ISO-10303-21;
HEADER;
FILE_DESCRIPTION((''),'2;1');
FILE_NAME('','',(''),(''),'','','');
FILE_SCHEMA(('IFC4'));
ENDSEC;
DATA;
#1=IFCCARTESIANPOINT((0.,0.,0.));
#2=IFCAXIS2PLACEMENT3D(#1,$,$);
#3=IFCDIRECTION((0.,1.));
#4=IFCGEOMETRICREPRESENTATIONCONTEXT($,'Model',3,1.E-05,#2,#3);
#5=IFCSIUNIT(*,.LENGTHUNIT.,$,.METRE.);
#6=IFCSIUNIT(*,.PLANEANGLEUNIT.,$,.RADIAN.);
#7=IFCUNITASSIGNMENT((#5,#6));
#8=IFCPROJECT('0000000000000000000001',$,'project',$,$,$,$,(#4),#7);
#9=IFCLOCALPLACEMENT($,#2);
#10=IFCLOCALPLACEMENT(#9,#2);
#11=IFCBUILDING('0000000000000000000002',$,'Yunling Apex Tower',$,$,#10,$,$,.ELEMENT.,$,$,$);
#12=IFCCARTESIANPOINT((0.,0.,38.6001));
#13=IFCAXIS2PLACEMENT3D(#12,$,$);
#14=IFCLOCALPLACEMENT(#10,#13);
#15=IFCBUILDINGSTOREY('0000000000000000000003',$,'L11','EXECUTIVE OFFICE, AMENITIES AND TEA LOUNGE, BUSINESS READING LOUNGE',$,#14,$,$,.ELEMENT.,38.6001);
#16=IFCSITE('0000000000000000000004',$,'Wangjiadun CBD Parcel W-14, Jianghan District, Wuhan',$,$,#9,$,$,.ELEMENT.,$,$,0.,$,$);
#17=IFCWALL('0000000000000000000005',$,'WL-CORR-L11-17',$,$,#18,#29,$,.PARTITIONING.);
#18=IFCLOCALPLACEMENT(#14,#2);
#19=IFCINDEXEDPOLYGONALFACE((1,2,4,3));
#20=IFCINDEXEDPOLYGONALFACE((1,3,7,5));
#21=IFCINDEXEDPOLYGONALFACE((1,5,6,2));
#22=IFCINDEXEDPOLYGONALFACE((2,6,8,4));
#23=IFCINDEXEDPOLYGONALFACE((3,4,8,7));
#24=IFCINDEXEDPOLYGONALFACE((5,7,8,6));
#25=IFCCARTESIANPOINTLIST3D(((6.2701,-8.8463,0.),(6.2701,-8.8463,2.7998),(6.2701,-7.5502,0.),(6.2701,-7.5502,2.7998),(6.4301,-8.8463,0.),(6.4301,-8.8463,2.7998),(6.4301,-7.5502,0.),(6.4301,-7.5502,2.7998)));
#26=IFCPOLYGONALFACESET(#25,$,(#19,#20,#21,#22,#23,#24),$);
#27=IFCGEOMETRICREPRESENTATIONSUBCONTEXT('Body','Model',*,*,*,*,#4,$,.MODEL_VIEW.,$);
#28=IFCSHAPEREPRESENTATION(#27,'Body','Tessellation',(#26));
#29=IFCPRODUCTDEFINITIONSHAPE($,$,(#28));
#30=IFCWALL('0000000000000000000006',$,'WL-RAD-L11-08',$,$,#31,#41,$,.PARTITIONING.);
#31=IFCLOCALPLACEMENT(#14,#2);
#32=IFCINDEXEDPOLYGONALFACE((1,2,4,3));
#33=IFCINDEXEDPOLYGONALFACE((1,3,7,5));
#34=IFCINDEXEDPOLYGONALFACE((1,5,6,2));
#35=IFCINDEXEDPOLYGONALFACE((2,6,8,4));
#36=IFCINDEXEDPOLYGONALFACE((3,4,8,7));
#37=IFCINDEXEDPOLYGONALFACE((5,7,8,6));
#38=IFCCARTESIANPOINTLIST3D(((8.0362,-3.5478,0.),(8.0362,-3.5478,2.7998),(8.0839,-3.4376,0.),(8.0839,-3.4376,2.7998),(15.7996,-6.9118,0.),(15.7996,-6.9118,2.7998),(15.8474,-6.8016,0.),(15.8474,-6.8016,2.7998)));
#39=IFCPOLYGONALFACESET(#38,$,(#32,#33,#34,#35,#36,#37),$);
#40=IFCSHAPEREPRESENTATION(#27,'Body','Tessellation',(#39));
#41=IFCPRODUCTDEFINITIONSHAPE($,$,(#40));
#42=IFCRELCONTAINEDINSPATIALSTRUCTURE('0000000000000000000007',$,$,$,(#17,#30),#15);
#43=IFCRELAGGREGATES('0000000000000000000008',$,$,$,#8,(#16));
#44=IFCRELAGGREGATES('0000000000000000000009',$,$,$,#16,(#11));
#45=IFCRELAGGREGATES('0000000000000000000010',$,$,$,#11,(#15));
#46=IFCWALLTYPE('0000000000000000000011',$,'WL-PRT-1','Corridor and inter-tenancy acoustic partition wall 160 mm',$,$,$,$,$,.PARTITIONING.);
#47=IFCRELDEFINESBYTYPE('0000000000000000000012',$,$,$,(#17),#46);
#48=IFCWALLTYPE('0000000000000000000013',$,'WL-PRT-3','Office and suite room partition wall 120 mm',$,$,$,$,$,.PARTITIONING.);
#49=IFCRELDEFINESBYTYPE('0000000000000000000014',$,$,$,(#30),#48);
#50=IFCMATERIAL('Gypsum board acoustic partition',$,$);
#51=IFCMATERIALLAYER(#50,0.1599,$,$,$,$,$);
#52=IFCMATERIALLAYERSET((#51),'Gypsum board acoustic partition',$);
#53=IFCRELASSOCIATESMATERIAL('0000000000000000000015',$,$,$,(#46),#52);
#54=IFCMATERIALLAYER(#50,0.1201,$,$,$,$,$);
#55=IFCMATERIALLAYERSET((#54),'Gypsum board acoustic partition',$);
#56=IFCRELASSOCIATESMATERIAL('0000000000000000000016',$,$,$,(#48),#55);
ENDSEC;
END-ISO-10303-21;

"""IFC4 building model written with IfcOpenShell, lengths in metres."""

from ifc_helpers import new_model, si_unit, direction, frame, frame_2d, origin, place, context, subcontext, project, spatial, rectangle, extrude, material, layer, layer_set, type_object, element, save


model = new_model("IFC4")

# Units and contexts
model_context = context("Model", 3, precision=1e-05, world=origin(), true_north=direction((0.0, 1.0)))
body_context = subcontext(model_context, "Body", "Model", "MODEL_VIEW")
ifc_project = project(units=[si_unit("LENGTHUNIT", "METRE"), si_unit("PLANEANGLEUNIT", "RADIAN")], contexts=[model_context])

# Site, building, storey
site_placement = place(None, origin())
site = spatial("IfcSite", under=ifc_project, at=site_placement, Name="Wangjiadun CBD Parcel W-14, Jianghan District, Wuhan", CompositionType="ELEMENT", RefElevation=0.0)
building_placement = place(site_placement, origin())
building = spatial("IfcBuilding", under=site, at=building_placement, Name="Yunling Apex Tower", CompositionType="ELEMENT")
storey_placement = place(building_placement, frame((0.0, 0.0, 38.6001)))
storey = spatial("IfcBuildingStorey", under=building, at=storey_placement, Name="L11", Description="EXECUTIVE OFFICE, AMENITIES AND TEA LOUNGE, BUSINESS READING LOUNGE", CompositionType="ELEMENT", Elevation=38.6001)

# Shared definitions
ifc_material_1 = material(Name="Gypsum board acoustic partition")
ifc_layer_1 = layer(ifc_material_1, 0.1599)
ifc_layer_set_1 = layer_set([ifc_layer_1], Name="Gypsum board acoustic partition")
wall_type_1 = type_object("IfcWallType", Name="WL-PRT-1", Description="Corridor and inter-tenancy acoustic partition wall 160 mm", PredefinedType="PARTITIONING", material=ifc_layer_set_1)

# Walls
wall_1_placement = place(storey_placement, frame((6.3501, -8.8462, 0.0), z_axis=(0.0, 0.0, 1.0), x_axis=(0.0, 1.0, 0.0)))
element("IfcWall", 1, at=wall_1_placement, inside=storey, type_object=wall_type_1, Name="WL-CORR-L11-17", PredefinedType="PARTITIONING", context=body_context, shape_type="SweptSolid", body=[
    extrude(rectangle(XDim=1.2961, YDim=0.1599, at=frame_2d((0.6479, 0.0))), origin(), (0.0, 0.0, 1.0), 2.7998),
])
ifc_layer_2 = layer(ifc_material_1, 0.1201)
ifc_layer_set_2 = layer_set([ifc_layer_2], Name="Gypsum board acoustic partition")
wall_type_2 = type_object("IfcWallType", Name="WL-PRT-3", Description="Office and suite room partition wall 120 mm", PredefinedType="PARTITIONING", material=ifc_layer_set_2)
wall_2_placement = place(storey_placement, frame((8.0601, -3.4927, 0.0), z_axis=(0.0, 0.0, 1.0), x_axis=(0.917562, -0.397594, 0.0)))
element("IfcWall", 2, at=wall_2_placement, inside=storey, type_object=wall_type_2, Name="WL-RAD-L11-08", PredefinedType="PARTITIONING", context=body_context, shape_type="SweptSolid", body=[
    extrude(rectangle(XDim=8.4609, YDim=0.1201, at=frame_2d((4.2305, 0.0))), origin(), (0.0, 0.0, 1.0), 2.7998),
])

save(model, "model.ifc")
